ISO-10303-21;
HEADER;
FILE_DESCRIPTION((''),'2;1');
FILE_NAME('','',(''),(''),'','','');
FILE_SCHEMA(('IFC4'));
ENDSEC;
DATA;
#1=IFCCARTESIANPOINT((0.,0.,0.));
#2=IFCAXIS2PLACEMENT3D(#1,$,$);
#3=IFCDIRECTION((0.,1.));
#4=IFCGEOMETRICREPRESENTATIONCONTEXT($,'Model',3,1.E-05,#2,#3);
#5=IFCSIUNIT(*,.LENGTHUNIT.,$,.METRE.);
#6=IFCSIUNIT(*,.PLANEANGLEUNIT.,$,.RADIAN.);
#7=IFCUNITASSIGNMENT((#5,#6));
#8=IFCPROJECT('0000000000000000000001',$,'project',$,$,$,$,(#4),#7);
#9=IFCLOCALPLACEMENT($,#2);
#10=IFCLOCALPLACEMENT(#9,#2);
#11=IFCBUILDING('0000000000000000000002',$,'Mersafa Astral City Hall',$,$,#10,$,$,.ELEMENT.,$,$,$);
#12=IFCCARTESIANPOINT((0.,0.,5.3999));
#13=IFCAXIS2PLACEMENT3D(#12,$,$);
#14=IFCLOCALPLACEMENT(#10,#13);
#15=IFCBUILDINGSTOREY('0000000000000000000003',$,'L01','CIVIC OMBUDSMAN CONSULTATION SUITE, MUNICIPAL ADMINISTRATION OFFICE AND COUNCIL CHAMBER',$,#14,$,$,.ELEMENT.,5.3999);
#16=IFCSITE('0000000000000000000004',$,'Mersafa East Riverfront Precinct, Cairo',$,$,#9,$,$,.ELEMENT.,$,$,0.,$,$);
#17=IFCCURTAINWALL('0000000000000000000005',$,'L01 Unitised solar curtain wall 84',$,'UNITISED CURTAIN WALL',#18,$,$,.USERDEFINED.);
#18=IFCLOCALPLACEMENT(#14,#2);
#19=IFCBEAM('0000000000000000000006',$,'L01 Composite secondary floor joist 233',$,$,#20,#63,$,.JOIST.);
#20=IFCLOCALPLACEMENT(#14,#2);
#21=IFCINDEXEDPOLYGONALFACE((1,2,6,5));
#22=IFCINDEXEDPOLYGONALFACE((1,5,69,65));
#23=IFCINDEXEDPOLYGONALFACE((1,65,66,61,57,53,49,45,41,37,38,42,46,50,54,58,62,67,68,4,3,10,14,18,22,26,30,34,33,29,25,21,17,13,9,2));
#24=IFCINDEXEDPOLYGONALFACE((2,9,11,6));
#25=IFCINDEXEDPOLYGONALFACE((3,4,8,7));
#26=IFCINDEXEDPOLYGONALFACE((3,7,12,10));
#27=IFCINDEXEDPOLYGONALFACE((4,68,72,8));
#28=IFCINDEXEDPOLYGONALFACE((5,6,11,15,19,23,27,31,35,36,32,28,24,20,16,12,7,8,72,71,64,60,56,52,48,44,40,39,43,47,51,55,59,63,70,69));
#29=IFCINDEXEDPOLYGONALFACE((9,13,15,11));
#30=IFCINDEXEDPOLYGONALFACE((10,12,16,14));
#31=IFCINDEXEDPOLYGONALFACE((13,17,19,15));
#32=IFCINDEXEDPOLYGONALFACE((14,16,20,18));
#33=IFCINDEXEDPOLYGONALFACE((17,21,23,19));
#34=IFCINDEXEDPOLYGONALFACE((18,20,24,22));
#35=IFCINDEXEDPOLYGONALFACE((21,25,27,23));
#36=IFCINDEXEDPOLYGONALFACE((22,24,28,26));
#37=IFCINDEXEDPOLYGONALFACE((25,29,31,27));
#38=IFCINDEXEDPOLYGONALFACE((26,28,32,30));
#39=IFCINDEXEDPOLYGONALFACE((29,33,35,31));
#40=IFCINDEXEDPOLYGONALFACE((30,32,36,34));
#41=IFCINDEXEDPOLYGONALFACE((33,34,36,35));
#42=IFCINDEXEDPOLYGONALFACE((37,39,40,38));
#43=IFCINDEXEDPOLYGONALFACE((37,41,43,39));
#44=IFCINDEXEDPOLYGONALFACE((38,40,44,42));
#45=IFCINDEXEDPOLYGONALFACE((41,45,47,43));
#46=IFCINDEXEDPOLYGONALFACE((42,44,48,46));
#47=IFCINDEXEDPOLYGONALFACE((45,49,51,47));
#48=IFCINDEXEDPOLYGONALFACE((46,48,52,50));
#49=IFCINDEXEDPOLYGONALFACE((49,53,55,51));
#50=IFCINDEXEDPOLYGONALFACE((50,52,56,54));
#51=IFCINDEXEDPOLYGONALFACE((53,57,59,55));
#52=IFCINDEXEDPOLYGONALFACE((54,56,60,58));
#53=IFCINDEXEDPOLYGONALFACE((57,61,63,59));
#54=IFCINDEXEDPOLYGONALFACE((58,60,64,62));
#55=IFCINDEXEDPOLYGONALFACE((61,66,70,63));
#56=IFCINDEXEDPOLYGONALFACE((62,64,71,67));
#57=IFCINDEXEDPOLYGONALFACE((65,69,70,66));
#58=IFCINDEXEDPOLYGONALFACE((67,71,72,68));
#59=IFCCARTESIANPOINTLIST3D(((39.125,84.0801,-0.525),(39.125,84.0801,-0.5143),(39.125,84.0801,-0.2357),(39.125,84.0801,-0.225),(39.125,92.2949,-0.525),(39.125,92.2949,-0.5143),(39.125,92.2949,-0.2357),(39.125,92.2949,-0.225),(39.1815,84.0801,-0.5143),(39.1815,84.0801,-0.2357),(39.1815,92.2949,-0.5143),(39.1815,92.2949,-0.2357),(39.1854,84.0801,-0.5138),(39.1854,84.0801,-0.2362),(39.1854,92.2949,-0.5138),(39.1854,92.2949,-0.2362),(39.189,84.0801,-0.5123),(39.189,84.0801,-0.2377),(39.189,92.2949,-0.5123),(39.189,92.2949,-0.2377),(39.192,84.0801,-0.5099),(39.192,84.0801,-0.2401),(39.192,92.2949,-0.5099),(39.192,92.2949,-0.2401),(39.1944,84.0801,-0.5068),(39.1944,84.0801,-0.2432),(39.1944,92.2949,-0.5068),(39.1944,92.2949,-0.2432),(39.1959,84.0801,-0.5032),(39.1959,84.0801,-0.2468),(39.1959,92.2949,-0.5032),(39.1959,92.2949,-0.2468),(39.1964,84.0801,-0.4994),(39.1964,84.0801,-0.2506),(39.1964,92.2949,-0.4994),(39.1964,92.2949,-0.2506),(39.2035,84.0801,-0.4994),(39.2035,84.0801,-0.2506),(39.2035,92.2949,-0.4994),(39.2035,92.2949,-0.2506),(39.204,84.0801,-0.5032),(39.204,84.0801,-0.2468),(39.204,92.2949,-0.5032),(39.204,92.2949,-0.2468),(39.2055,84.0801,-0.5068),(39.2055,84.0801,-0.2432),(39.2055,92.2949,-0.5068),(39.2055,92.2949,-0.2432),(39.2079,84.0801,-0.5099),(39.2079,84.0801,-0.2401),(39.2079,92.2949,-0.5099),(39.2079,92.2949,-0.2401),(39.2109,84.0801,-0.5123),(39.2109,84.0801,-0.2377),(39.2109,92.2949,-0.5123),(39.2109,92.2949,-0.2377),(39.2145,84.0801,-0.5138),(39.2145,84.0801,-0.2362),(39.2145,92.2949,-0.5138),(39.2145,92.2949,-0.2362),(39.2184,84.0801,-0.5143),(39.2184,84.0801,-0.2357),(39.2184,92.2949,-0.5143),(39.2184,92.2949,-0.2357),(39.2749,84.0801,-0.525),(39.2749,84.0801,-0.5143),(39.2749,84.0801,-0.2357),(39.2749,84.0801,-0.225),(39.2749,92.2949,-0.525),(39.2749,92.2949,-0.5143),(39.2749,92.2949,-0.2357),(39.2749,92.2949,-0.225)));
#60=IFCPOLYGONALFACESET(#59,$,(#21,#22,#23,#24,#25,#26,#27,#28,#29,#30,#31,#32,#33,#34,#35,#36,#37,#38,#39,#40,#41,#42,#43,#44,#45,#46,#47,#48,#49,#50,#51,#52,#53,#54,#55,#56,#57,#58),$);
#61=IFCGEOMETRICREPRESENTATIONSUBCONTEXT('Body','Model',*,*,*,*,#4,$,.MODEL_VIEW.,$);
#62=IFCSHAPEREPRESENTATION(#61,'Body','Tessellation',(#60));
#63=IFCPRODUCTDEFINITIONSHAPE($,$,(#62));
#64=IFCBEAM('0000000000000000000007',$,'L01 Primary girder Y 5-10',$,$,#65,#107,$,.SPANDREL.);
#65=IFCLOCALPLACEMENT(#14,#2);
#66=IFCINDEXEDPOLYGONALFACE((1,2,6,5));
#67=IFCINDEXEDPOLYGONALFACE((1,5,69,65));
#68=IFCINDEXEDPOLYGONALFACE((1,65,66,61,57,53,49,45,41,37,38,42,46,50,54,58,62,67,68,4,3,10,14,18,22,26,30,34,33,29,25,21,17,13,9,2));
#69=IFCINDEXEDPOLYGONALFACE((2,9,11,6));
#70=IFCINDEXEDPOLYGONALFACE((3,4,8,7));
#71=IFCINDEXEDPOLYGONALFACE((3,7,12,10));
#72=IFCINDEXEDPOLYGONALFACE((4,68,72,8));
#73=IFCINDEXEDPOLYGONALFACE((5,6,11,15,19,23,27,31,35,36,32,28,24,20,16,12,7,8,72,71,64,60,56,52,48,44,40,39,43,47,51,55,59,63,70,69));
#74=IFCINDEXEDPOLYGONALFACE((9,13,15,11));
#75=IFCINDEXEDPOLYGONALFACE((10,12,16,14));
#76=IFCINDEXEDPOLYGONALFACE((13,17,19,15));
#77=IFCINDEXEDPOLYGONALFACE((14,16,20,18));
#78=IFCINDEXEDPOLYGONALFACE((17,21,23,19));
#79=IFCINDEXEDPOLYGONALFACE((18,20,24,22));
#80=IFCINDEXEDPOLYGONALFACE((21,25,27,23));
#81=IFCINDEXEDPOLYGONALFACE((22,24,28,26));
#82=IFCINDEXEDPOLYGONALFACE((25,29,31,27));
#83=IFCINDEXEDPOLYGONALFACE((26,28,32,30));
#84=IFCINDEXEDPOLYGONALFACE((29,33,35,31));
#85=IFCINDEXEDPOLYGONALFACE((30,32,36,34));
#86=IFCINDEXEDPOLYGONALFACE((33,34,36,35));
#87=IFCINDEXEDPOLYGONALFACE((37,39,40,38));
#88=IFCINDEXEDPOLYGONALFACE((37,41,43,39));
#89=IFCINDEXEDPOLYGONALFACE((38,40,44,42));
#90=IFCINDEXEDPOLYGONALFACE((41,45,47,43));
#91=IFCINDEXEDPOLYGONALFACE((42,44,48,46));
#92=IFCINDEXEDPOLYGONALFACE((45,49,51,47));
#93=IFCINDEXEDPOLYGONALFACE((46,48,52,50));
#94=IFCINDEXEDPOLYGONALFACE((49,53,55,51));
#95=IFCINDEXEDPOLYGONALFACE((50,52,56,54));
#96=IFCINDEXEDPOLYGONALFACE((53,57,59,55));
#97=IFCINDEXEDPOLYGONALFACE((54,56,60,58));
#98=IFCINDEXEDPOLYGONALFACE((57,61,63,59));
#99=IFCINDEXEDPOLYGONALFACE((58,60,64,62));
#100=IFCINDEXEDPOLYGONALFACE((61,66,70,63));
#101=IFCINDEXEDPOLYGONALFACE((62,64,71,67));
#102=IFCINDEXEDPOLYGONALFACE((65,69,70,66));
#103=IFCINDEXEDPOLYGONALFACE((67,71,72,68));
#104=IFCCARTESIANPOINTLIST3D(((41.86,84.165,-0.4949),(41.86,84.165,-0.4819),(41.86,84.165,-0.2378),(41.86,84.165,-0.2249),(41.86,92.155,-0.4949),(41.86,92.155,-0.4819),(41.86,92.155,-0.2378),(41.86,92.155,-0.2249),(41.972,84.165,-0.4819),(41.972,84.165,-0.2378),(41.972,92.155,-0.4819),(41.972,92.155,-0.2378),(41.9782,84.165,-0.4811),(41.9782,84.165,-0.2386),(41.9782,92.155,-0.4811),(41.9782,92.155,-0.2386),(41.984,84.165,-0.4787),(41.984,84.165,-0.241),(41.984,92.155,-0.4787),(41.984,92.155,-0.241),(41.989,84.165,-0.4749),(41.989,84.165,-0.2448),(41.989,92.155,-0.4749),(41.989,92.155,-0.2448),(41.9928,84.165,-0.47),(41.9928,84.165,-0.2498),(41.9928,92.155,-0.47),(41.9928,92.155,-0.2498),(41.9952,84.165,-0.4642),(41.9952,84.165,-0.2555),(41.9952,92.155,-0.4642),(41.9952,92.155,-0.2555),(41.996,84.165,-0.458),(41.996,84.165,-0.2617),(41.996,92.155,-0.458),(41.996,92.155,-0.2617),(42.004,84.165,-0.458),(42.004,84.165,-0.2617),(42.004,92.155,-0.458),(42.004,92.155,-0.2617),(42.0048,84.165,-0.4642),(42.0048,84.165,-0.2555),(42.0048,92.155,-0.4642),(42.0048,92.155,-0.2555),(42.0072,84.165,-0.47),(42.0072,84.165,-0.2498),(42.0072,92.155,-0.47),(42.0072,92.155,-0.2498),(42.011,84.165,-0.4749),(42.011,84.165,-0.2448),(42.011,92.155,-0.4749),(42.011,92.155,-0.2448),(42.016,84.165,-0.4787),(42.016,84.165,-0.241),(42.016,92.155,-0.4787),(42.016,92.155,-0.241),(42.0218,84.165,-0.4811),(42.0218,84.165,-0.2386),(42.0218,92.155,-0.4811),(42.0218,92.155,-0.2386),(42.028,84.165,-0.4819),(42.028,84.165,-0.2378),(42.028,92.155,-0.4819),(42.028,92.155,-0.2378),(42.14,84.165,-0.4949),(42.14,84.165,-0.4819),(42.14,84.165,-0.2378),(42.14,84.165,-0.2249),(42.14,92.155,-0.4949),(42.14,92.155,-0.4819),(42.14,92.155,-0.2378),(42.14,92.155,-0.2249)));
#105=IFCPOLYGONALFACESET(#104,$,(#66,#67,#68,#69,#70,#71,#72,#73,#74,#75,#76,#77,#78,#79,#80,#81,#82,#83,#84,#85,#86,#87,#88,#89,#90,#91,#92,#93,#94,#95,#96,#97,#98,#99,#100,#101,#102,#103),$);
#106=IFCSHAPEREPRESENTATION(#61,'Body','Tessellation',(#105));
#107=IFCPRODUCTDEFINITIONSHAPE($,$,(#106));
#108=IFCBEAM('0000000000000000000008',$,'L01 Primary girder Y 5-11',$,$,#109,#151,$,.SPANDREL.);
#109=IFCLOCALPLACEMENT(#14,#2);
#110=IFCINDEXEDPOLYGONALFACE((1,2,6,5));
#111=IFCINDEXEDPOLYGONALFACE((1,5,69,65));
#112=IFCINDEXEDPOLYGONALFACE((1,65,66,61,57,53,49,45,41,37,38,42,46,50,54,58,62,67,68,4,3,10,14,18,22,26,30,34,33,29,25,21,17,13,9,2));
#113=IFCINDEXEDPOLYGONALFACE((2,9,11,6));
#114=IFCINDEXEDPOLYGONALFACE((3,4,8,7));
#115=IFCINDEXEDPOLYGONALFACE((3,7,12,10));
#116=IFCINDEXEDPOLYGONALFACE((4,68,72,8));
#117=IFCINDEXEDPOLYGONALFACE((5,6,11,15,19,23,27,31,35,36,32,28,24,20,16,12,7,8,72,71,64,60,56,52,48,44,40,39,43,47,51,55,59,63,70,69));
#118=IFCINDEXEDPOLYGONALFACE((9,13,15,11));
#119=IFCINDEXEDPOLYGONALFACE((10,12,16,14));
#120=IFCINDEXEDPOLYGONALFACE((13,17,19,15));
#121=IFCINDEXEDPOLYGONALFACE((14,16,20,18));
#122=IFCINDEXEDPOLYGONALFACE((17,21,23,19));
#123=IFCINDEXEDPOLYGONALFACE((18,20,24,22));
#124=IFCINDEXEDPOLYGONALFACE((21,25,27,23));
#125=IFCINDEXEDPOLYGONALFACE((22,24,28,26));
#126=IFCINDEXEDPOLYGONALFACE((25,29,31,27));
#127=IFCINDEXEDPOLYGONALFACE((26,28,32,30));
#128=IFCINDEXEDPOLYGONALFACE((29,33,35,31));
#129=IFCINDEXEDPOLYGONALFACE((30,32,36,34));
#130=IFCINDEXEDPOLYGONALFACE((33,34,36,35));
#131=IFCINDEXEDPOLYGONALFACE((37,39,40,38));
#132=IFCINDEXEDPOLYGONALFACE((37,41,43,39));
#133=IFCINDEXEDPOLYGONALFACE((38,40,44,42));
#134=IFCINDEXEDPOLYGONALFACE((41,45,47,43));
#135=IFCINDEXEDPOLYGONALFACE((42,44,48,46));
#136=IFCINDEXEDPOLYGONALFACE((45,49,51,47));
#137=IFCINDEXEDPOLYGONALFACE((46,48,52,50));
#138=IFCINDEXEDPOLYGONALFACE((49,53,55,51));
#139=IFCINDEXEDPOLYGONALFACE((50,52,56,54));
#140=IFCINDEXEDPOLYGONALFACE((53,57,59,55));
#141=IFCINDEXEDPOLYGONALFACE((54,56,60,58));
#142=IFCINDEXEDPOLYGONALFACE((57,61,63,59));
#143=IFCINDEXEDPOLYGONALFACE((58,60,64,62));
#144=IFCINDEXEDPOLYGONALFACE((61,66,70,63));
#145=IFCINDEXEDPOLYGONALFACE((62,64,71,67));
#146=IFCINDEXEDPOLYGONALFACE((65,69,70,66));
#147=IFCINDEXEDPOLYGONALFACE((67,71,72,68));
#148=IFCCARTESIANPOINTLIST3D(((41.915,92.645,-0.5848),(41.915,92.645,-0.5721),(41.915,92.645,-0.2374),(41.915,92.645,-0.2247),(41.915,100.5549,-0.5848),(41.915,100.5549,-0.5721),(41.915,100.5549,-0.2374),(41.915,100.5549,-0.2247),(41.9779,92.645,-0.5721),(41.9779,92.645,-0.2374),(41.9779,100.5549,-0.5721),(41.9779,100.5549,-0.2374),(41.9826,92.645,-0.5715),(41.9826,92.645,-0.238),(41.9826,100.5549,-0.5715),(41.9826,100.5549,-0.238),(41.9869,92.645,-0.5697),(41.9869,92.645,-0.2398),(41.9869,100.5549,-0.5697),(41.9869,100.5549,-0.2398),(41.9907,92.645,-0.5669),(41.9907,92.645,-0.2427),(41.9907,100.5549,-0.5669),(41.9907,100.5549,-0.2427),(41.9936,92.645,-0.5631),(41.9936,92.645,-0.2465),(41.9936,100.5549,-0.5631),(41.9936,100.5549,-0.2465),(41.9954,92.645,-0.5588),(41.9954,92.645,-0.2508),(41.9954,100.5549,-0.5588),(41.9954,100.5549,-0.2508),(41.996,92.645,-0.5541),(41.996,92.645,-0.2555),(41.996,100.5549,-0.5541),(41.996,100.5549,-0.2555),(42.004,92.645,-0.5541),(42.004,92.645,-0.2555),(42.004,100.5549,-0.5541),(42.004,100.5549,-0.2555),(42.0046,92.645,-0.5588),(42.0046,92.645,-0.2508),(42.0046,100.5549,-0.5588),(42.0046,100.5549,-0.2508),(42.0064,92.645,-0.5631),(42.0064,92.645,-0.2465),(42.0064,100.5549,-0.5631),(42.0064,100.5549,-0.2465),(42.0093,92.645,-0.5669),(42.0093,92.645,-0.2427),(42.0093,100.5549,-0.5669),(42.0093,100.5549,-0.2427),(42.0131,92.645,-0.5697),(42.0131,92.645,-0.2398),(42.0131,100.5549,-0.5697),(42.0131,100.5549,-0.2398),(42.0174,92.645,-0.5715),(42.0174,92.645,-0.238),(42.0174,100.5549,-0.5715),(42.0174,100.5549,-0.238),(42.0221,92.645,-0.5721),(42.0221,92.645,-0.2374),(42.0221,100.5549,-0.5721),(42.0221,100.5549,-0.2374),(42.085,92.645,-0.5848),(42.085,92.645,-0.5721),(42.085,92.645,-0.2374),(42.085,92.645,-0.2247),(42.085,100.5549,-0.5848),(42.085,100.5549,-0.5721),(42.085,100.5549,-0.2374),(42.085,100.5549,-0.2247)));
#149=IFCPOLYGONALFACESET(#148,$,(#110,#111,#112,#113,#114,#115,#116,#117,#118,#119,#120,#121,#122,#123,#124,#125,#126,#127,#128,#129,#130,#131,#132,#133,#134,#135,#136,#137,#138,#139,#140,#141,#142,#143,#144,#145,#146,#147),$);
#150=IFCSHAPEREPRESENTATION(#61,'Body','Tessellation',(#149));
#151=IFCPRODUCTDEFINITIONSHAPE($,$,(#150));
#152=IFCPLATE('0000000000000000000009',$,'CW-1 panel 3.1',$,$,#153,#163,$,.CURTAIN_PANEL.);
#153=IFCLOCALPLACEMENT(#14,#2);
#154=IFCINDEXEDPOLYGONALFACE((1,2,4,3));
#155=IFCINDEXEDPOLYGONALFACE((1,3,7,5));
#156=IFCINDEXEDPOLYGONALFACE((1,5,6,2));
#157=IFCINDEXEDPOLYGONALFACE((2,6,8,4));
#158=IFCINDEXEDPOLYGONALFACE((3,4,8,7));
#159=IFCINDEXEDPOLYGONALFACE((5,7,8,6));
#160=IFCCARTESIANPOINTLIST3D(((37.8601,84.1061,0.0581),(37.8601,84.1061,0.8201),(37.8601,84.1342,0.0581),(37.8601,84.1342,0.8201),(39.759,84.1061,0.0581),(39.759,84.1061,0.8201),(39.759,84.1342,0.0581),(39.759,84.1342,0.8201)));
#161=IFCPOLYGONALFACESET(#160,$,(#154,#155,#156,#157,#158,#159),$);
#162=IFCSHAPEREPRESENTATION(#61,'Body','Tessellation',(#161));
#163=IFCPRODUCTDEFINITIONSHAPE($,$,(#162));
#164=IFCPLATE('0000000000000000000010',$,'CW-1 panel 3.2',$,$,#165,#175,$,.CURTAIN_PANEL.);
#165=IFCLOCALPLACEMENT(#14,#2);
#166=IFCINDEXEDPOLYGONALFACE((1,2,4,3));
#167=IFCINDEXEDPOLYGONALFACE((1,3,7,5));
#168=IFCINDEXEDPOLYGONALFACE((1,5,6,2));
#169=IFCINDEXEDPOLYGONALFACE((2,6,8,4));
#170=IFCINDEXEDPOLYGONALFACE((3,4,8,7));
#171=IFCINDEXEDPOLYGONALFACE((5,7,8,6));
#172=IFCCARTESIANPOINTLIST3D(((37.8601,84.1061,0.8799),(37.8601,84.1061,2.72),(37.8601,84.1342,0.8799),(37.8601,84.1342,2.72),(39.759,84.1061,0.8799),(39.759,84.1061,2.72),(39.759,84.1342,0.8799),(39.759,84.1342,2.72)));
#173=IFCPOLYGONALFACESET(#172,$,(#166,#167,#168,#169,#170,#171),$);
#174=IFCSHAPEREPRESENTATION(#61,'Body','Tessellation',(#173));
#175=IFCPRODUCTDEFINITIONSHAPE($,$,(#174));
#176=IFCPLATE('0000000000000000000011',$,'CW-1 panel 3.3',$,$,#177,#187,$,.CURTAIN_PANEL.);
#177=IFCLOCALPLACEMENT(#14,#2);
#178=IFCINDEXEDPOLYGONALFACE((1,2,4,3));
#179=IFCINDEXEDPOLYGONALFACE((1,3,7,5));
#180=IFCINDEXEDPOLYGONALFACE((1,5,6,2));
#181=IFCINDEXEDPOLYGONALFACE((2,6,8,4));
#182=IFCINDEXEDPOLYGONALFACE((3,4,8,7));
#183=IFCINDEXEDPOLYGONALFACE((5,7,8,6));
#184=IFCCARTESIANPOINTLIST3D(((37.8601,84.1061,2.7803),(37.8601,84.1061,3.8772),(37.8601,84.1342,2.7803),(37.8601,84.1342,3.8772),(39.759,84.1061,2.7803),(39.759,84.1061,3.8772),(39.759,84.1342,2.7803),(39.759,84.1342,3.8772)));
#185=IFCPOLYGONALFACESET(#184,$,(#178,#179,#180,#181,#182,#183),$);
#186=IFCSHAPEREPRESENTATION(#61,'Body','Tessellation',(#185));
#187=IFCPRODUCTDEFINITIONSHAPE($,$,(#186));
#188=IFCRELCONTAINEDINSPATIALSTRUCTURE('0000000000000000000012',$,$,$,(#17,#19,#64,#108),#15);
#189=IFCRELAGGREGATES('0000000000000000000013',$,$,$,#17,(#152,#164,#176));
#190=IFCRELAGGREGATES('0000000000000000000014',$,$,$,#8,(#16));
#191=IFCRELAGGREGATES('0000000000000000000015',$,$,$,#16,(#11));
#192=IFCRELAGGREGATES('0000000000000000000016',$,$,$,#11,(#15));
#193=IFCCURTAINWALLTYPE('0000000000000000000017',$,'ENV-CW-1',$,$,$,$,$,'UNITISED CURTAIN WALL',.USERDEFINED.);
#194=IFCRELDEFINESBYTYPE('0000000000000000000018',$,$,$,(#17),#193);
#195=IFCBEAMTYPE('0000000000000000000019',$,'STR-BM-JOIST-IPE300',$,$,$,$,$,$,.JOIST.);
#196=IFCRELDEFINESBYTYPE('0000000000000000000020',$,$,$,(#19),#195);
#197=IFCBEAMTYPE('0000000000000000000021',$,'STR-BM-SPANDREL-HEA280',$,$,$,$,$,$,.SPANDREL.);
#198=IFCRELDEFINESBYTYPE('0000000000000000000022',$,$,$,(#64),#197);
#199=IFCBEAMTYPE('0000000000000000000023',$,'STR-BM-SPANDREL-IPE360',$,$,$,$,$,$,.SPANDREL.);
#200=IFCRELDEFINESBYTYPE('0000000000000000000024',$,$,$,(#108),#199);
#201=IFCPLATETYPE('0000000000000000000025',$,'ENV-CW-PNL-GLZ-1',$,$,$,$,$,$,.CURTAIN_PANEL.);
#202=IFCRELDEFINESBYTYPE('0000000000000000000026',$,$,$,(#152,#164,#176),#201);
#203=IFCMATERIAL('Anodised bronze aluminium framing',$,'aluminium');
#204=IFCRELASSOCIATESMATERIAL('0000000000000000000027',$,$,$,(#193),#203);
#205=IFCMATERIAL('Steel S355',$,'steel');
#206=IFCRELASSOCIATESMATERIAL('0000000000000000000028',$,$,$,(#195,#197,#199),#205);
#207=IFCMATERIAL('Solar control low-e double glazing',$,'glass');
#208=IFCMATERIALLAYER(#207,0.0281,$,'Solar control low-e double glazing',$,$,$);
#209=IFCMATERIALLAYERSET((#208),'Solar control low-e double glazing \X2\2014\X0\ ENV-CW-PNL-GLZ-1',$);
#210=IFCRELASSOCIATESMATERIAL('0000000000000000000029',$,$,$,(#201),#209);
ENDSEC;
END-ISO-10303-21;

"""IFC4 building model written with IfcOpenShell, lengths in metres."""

from ifc_helpers import new_model, si_unit, direction, frame, origin, origin_2d, place, context, subcontext, project, spatial, rectangle, i_section, extrude, material, layer, layer_set, material_profile, profile_set, type_object, element, aggregate, save


model = new_model("IFC4")

# Units and contexts
model_context = context("Model", 3, precision=1e-05, world=origin(), true_north=direction((0.0, 1.0)))
body_context = subcontext(model_context, "Body", "Model", "MODEL_VIEW")
ifc_project = project(units=[si_unit("LENGTHUNIT", "METRE"), si_unit("PLANEANGLEUNIT", "RADIAN")], contexts=[model_context])

# Site, building, storey
site_placement = place(None, origin())
site = spatial("IfcSite", under=ifc_project, at=site_placement, Name="Mersafa East Riverfront Precinct, Cairo", CompositionType="ELEMENT", RefElevation=0.0)
building_placement = place(site_placement, origin())
building = spatial("IfcBuilding", under=site, at=building_placement, Name="Mersafa Astral City Hall", CompositionType="ELEMENT")
storey_placement = place(building_placement, frame((0.0, 0.0, 5.3999)))
storey = spatial("IfcBuildingStorey", under=building, at=storey_placement, Name="L01", Description="CIVIC OMBUDSMAN CONSULTATION SUITE, MUNICIPAL ADMINISTRATION OFFICE AND COUNCIL CHAMBER", CompositionType="ELEMENT", Elevation=5.3999)

# Shared definitions
ifc_material_1 = material(Name="Steel S355", Category="steel")

# Curtain wall
ifc_material_2 = material(Name="Anodised bronze aluminium framing", Category="aluminium")
curtain_wall_type_1 = type_object("IfcCurtainWallType", Name="ENV-CW-1", ElementType="UNITISED CURTAIN WALL", PredefinedType="USERDEFINED", material=ifc_material_2)
curtain_wall_1_placement = place(storey_placement, origin())
curtain_wall_1 = element("IfcCurtainWall", 1, at=curtain_wall_1_placement, inside=storey, type_object=curtain_wall_type_1, Name="L01 Unitised solar curtain wall 84", ObjectType="UNITISED CURTAIN WALL", PredefinedType="USERDEFINED")

# Beams
ifc_material_profile_1 = material_profile(ifc_material_1, i_section(OverallWidth=0.1499, OverallDepth=0.3, WebThickness=0.0071, FlangeThickness=0.0107, FilletRadius=0.0149, at=origin_2d()), Name="IPE 300")
ifc_profile_set_1 = profile_set([ifc_material_profile_1], Name="Steel S355")
beam_type_1 = type_object("IfcBeamType", Name="STR-BM-JOIST-IPE300", PredefinedType="JOIST", material=ifc_profile_set_1)
beam_1_placement = place(storey_placement, frame((39.2, 84.0801, -0.375), z_axis=(0.0, 1.0, 0.0), x_axis=(-1.0, 0.0, 0.0)))
element("IfcBeam", 2, at=beam_1_placement, inside=storey, type_object=beam_type_1, Name="L01 Composite secondary floor joist 233", PredefinedType="JOIST", context=body_context, shape_type="SweptSolid", body=[
    extrude(i_section(OverallWidth=0.1499, OverallDepth=0.3, WebThickness=0.0071, FlangeThickness=0.0107, FilletRadius=0.0149, at=origin_2d()), origin(), (0.0, 0.0, 1.0), 8.2148),
])
ifc_material_profile_2 = material_profile(ifc_material_1, i_section(OverallWidth=0.28, OverallDepth=0.27, WebThickness=0.0081, FlangeThickness=0.0129, FilletRadius=0.0239, at=origin_2d()), Name="HEA 280")
ifc_profile_set_2 = profile_set([ifc_material_profile_2], Name="Steel S355")
beam_type_2 = type_object("IfcBeamType", Name="STR-BM-SPANDREL-HEA280", PredefinedType="SPANDREL", material=ifc_profile_set_2)
beam_2_placement = place(storey_placement, frame((42.0, 84.165, -0.3599), z_axis=(0.0, 1.0, 0.0), x_axis=(-1.0, 0.0, 0.0)))
element("IfcBeam", 3, at=beam_2_placement, inside=storey, type_object=beam_type_2, Name="L01 Primary girder Y 5-10", PredefinedType="SPANDREL", context=body_context, shape_type="SweptSolid", body=[
    extrude(i_section(OverallWidth=0.28, OverallDepth=0.27, WebThickness=0.0081, FlangeThickness=0.0129, FilletRadius=0.0239, at=origin_2d()), origin(), (0.0, 0.0, 1.0), 7.99),
])
ifc_material_profile_3 = material_profile(ifc_material_1, i_section(OverallWidth=0.1699, OverallDepth=0.3601, WebThickness=0.0081, FlangeThickness=0.0127, FilletRadius=0.0181, at=origin_2d()), Name="IPE 360")
ifc_profile_set_3 = profile_set([ifc_material_profile_3], Name="Steel S355")
beam_type_3 = type_object("IfcBeamType", Name="STR-BM-SPANDREL-IPE360", PredefinedType="SPANDREL", material=ifc_profile_set_3)
beam_3_placement = place(storey_placement, frame((42.0, 92.645, -0.4048), z_axis=(0.0, 1.0, 0.0), x_axis=(-1.0, 0.0, 0.0)))
element("IfcBeam", 4, at=beam_3_placement, inside=storey, type_object=beam_type_3, Name="L01 Primary girder Y 5-11", PredefinedType="SPANDREL", context=body_context, shape_type="SweptSolid", body=[
    extrude(i_section(OverallWidth=0.1699, OverallDepth=0.3601, WebThickness=0.0081, FlangeThickness=0.0127, FilletRadius=0.0181, at=origin_2d()), origin(), (0.0, 0.0, 1.0), 7.9099),
])

# Plates
ifc_material_3 = material(Name="Solar control low-e double glazing", Category="glass")
ifc_layer_1 = layer(ifc_material_3, 0.0281, Name="Solar control low-e double glazing")
ifc_layer_set_1 = layer_set([ifc_layer_1], Name="Solar control low-e double glazing — ENV-CW-PNL-GLZ-1")
plate_type = type_object("IfcPlateType", Name="ENV-CW-PNL-GLZ-1", PredefinedType="CURTAIN_PANEL", material=ifc_layer_set_1)
plate_1_placement = place(storey_placement, frame((38.8096, 84.1201, 0.0581), z_axis=(0.0, 0.0, 1.0), x_axis=(1.0, 0.0, 0.0)))
plate_1 = element("IfcPlate", 5, at=plate_1_placement, type_object=plate_type, Name="CW-1 panel 3.1", PredefinedType="CURTAIN_PANEL", context=body_context, shape_type="SweptSolid", body=[
    extrude(rectangle(XDim=1.8989, YDim=0.0281, at=origin_2d()), origin(), (0.0, 0.0, 1.0), 0.762),
])
plate_2_placement = place(storey_placement, frame((38.8096, 84.1201, 0.8799), z_axis=(0.0, 0.0, 1.0), x_axis=(1.0, 0.0, 0.0)))
plate_2 = element("IfcPlate", 6, at=plate_2_placement, type_object=plate_type, Name="CW-1 panel 3.2", PredefinedType="CURTAIN_PANEL", context=body_context, shape_type="SweptSolid", body=[
    extrude(rectangle(XDim=1.8989, YDim=0.0281, at=origin_2d()), origin(), (0.0, 0.0, 1.0), 1.8401),
])
plate_3_placement = place(storey_placement, frame((38.8096, 84.1201, 2.7803), z_axis=(0.0, 0.0, 1.0), x_axis=(1.0, 0.0, 0.0)))
plate_3 = element("IfcPlate", 7, at=plate_3_placement, type_object=plate_type, Name="CW-1 panel 3.3", PredefinedType="CURTAIN_PANEL", context=body_context, shape_type="SweptSolid", body=[
    extrude(rectangle(XDim=1.8989, YDim=0.0281, at=origin_2d()), origin(), (0.0, 0.0, 1.0), 1.0969),
])
aggregate(curtain_wall_1, [plate_1, plate_2, plate_3])

save(model, "model.ifc")
